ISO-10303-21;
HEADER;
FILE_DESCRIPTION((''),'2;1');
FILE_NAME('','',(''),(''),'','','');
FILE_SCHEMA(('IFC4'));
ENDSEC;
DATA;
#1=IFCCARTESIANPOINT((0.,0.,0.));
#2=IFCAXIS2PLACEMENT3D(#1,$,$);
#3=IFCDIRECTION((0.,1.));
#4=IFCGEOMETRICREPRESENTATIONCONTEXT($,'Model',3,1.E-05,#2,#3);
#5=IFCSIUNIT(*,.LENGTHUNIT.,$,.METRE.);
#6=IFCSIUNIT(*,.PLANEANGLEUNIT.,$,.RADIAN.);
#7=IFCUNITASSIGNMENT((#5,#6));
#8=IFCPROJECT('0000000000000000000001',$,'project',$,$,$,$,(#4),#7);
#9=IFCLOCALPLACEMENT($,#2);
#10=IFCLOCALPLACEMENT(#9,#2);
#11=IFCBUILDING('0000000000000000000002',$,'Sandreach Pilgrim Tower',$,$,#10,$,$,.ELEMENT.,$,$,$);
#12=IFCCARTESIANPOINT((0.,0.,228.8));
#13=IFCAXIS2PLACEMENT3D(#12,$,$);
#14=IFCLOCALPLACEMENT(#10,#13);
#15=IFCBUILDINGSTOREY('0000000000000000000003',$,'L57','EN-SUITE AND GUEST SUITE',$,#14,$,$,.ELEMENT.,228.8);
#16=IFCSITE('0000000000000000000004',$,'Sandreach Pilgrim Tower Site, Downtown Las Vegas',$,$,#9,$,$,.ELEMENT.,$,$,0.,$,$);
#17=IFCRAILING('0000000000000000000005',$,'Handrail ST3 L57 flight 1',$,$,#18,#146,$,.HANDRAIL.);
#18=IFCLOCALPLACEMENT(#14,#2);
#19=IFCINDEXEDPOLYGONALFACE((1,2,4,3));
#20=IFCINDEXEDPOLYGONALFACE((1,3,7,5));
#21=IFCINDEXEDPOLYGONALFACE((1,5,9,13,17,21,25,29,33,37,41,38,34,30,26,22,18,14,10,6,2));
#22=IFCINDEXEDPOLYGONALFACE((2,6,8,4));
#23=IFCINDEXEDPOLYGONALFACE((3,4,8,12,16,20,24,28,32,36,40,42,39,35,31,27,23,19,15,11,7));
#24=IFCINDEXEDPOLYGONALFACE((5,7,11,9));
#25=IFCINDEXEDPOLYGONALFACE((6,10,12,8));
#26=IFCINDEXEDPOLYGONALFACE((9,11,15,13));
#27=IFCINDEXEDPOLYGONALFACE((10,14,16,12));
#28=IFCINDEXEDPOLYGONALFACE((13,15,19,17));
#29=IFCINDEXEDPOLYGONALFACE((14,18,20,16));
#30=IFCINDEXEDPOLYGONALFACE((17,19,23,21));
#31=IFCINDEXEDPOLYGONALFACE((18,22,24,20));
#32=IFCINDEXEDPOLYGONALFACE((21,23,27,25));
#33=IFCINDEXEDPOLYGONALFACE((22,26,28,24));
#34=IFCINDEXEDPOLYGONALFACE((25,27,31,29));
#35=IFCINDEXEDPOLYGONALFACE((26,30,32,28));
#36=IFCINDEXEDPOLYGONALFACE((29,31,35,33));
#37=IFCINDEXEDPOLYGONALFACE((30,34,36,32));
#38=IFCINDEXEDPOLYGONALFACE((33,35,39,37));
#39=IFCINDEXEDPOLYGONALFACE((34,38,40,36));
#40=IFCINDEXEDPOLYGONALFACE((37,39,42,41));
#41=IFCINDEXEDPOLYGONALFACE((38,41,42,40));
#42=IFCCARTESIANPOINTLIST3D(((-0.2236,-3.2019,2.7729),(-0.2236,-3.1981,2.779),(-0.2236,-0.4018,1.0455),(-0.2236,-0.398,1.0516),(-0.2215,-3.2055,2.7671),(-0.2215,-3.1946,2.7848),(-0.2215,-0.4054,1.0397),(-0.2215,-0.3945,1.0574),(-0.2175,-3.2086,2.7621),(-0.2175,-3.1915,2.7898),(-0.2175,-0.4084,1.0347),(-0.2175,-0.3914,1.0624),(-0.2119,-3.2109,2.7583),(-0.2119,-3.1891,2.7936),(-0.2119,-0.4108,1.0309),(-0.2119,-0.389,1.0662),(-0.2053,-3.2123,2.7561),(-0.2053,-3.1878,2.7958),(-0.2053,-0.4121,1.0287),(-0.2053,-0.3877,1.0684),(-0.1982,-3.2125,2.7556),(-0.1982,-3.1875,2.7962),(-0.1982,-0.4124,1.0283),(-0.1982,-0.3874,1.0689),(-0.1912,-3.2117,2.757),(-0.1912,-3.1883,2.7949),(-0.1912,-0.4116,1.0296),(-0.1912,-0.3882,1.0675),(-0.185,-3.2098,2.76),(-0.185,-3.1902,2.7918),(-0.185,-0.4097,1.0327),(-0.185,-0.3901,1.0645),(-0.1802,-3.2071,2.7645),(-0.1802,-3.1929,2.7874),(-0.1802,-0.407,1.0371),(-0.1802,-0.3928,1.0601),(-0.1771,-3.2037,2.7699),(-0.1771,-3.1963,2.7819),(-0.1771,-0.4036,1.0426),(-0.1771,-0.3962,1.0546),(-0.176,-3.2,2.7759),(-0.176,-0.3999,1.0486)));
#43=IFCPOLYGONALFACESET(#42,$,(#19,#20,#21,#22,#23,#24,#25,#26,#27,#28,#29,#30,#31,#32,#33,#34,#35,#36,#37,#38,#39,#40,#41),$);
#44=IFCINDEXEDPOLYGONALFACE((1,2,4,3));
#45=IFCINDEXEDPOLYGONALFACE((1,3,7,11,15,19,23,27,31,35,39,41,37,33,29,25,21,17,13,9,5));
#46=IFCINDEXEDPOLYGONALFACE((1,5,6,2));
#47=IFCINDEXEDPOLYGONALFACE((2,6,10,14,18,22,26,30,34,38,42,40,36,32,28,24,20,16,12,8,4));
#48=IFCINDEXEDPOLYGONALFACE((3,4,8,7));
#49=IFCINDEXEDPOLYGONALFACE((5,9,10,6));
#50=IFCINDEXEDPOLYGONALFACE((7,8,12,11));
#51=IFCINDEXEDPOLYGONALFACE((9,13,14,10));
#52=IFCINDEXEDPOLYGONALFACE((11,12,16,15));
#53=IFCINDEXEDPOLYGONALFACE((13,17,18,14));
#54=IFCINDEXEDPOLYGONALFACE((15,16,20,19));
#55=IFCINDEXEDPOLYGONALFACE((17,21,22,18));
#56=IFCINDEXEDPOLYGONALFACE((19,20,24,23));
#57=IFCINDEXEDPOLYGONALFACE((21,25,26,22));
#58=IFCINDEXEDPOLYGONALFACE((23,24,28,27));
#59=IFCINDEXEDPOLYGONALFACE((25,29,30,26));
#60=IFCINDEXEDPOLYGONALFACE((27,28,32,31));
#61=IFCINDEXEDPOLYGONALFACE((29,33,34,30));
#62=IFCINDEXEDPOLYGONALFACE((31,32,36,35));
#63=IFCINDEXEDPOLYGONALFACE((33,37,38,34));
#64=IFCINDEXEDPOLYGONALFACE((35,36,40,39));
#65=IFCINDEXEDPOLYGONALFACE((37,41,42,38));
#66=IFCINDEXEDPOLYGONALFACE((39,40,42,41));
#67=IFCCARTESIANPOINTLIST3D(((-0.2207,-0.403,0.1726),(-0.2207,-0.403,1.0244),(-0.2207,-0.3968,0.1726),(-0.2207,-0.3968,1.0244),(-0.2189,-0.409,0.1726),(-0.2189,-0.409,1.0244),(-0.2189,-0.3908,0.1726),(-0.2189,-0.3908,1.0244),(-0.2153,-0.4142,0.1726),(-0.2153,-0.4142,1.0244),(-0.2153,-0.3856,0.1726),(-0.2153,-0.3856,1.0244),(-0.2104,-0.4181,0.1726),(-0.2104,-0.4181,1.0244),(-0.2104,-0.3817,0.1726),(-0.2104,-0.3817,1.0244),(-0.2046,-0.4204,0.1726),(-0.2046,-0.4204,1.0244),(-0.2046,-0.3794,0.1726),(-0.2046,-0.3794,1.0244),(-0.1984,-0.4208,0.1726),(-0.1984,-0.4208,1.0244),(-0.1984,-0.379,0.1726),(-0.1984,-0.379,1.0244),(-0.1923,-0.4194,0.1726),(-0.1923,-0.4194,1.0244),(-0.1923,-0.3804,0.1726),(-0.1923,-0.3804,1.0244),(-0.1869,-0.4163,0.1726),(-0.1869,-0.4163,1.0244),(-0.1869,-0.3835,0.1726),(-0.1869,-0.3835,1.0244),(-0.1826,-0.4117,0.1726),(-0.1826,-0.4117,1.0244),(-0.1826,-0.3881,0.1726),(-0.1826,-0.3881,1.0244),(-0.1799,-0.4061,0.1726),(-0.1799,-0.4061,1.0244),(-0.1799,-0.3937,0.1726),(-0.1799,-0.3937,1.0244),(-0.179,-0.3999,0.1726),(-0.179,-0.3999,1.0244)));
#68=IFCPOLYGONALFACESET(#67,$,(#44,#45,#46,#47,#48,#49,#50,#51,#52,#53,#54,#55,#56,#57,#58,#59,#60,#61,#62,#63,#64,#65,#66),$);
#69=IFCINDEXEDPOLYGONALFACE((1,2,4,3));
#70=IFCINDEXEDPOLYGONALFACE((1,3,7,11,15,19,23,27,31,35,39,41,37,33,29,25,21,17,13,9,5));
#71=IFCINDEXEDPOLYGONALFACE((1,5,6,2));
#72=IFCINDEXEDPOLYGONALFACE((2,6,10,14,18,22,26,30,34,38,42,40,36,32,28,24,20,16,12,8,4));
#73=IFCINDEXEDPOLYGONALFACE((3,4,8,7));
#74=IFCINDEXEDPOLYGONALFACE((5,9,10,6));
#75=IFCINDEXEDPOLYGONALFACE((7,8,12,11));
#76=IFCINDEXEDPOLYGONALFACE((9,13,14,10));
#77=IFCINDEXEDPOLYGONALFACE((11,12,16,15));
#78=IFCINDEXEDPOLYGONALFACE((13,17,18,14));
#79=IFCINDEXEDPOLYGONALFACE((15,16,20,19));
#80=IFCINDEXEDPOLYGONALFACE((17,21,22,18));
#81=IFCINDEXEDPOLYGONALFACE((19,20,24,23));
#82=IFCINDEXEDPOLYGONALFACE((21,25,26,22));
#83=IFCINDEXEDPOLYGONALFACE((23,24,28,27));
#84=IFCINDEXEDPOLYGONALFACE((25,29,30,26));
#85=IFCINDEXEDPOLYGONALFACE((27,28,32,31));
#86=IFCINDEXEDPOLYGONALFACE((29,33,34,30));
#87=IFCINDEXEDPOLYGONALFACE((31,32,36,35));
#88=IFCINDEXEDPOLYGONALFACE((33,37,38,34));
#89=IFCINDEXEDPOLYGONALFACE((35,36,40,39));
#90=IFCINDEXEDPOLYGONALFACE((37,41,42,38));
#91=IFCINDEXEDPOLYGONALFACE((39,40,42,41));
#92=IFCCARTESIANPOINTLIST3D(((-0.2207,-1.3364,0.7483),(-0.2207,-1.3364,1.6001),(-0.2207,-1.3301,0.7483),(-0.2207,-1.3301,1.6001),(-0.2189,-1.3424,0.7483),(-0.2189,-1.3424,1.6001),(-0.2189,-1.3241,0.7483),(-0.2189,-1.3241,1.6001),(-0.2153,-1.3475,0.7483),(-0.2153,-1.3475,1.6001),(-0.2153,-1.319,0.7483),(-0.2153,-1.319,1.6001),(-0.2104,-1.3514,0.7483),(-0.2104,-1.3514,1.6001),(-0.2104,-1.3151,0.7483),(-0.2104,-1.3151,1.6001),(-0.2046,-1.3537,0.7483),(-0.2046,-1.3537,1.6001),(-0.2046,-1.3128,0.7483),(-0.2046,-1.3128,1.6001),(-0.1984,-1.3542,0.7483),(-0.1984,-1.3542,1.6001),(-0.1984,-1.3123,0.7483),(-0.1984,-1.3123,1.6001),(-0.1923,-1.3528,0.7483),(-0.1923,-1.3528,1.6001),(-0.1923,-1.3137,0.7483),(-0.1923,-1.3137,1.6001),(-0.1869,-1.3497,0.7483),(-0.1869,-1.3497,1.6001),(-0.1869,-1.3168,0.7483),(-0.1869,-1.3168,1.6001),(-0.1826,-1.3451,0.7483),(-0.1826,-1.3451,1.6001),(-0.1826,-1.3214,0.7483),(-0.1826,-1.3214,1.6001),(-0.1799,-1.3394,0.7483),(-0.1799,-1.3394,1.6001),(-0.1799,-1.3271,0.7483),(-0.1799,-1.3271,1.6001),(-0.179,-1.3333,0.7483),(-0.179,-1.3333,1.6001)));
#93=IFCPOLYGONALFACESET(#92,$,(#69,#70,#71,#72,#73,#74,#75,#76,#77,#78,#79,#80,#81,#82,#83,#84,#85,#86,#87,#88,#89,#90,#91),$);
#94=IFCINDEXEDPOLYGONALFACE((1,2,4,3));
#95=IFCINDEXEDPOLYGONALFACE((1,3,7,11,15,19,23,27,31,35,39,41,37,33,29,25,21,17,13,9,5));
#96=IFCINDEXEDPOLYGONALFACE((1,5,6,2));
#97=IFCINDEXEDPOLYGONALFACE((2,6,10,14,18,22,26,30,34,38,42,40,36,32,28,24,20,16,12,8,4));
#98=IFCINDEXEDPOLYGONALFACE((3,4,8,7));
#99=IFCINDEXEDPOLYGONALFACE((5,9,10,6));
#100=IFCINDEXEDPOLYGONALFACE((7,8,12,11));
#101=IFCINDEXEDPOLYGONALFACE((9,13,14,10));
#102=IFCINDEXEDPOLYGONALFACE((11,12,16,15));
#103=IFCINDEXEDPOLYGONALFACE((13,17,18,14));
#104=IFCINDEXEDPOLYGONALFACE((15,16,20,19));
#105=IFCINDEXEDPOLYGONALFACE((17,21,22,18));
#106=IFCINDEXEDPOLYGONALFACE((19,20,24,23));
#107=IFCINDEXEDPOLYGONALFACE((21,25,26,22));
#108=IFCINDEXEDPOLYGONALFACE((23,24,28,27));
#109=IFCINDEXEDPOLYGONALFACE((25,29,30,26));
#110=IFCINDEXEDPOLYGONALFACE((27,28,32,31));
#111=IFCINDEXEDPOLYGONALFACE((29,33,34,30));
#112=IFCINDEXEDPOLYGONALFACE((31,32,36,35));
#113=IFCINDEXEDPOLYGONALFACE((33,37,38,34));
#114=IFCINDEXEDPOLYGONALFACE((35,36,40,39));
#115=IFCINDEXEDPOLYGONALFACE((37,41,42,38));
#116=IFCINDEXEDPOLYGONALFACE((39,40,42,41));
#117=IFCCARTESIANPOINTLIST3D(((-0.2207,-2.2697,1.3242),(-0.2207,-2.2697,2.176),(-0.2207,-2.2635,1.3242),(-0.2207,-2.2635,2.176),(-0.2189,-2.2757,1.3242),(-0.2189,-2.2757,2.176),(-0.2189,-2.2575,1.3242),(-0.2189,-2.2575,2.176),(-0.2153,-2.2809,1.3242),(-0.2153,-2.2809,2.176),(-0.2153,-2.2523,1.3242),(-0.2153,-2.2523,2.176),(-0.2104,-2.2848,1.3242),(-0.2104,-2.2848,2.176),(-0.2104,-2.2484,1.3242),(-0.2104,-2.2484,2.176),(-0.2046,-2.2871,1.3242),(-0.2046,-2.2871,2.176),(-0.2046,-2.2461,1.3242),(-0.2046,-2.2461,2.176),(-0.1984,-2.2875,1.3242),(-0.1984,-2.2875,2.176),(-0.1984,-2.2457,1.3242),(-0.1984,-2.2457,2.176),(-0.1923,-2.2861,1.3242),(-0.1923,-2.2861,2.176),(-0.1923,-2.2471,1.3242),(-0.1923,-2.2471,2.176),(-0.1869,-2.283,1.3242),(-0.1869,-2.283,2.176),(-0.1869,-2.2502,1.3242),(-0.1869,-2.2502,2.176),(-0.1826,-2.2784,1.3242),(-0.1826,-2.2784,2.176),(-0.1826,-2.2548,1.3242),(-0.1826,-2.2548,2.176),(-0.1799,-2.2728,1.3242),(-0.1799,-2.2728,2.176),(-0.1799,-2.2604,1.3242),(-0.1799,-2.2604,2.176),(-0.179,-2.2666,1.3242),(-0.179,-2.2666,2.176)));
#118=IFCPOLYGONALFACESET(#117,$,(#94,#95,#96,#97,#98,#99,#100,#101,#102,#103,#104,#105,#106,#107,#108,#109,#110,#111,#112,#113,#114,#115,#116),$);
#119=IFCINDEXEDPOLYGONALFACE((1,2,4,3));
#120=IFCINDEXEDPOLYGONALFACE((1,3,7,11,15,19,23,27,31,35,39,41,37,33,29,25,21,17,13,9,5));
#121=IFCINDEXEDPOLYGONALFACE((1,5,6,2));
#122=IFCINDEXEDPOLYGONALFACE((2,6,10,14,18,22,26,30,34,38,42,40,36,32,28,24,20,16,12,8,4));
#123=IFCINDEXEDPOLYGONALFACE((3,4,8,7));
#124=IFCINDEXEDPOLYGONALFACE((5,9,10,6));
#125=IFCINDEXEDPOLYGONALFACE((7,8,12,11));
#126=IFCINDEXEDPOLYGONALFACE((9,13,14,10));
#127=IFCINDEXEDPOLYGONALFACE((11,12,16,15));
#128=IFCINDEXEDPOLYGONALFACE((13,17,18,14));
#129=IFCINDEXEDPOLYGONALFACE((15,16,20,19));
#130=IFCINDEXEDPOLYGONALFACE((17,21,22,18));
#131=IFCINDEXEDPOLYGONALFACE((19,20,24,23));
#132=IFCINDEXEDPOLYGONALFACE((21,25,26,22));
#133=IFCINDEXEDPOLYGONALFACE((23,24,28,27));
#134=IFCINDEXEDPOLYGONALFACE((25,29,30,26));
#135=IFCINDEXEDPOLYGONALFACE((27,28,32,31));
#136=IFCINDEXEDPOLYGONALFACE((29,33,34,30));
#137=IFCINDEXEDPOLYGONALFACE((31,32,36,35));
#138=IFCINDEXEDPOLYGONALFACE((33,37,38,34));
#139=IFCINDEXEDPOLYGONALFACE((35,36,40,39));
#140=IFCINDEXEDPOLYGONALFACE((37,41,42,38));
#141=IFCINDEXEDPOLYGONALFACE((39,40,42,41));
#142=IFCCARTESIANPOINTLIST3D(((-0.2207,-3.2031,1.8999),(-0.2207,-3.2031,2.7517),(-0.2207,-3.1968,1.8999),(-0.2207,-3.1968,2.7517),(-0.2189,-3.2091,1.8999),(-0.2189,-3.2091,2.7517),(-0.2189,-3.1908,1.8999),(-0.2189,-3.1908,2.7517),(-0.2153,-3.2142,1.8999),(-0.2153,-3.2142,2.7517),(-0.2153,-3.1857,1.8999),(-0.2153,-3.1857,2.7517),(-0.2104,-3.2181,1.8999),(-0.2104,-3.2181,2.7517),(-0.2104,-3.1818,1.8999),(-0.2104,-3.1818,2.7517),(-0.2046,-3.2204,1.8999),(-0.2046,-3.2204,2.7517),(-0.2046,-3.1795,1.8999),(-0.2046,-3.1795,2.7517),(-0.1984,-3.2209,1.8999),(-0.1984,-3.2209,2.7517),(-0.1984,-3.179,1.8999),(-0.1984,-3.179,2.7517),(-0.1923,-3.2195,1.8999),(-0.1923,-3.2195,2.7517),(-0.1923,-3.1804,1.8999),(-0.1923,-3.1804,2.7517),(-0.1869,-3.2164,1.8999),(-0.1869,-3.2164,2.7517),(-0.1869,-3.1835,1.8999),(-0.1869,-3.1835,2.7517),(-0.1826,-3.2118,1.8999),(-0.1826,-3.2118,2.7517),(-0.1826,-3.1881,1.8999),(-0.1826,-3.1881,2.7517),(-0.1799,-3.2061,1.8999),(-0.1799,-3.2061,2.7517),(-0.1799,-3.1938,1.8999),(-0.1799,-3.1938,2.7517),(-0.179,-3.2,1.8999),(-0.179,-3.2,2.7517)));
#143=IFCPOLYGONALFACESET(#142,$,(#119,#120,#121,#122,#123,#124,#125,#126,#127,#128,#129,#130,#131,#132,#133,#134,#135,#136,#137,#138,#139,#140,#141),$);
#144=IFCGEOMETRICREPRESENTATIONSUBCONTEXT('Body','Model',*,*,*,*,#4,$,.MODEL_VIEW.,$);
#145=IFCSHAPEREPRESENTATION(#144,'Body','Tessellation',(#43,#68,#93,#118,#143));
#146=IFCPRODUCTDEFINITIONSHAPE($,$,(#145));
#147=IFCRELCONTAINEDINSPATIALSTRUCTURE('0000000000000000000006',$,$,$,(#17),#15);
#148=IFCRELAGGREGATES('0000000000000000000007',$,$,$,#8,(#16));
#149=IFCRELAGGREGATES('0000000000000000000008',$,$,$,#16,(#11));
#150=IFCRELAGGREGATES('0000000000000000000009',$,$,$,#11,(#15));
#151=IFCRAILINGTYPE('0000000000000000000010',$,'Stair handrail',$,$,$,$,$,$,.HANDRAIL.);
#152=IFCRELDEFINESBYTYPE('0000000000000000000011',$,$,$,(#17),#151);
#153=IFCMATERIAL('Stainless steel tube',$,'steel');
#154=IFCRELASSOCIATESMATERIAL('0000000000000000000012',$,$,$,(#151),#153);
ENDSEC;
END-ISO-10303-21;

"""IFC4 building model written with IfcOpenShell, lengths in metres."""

from ifc_helpers import new_model, si_unit, direction, frame, origin, origin_2d, place, context, subcontext, project, spatial, circle, extrude, material, type_object, element, save


model = new_model("IFC4")

# Units and contexts
model_context = context("Model", 3, precision=1e-05, world=origin(), true_north=direction((0.0, 1.0)))
body_context = subcontext(model_context, "Body", "Model", "MODEL_VIEW")
ifc_project = project(units=[si_unit("LENGTHUNIT", "METRE"), si_unit("PLANEANGLEUNIT", "RADIAN")], contexts=[model_context])

# Site, building, storey
site_placement = place(None, origin())
site = spatial("IfcSite", under=ifc_project, at=site_placement, Name="Sandreach Pilgrim Tower Site, Downtown Las Vegas", CompositionType="ELEMENT", RefElevation=0.0)
building_placement = place(site_placement, origin())
building = spatial("IfcBuilding", under=site, at=building_placement, Name="Sandreach Pilgrim Tower", CompositionType="ELEMENT")
storey_placement = place(building_placement, frame((0.0, 0.0, 228.8)))
storey = spatial("IfcBuildingStorey", under=building, at=storey_placement, Name="L57", Description="EN-SUITE AND GUEST SUITE", CompositionType="ELEMENT", Elevation=228.8)

# Railing
ifc_material_1 = material(Name="Stainless steel tube", Category="steel")
railing_type = type_object("IfcRailingType", Name="Stair handrail", PredefinedType="HANDRAIL", material=ifc_material_1)
for number, where, name in (
    (1, (-0.2, -0.3999, 0.1726), "Handrail ST3 L57 flight 1"),
):
    element("IfcRailing", number, at=place(storey_placement, frame(where)), inside=storey, type_object=railing_type, Name=name, PredefinedType="HANDRAIL", context=body_context, shape_type="SweptSolid", body=[
        extrude(circle(Radius=0.0239, at=origin_2d()), frame((0.0, 0.0, 0.876), z_axis=(0.0, -0.85109, 0.52502), x_axis=(1.0, 0.0, 0.0)), (0.0, 0.0, 1.0), 3.29),
        extrude(circle(Radius=0.021, at=origin_2d()), origin(), (0.0, 0.0, 1.0), 0.8518),
        extrude(circle(Radius=0.021, at=origin_2d()), frame((0.0, -0.9333, 0.5757)), (0.0, 0.0, 1.0), 0.8518),
        extrude(circle(Radius=0.021, at=origin_2d()), frame((0.0, -1.8667, 1.1516)), (0.0, 0.0, 1.0), 0.8518),
        extrude(circle(Radius=0.021, at=origin_2d()), frame((0.0, -2.8, 1.7273)), (0.0, 0.0, 1.0), 0.8518),
    ])

save(model, "model.ifc")
